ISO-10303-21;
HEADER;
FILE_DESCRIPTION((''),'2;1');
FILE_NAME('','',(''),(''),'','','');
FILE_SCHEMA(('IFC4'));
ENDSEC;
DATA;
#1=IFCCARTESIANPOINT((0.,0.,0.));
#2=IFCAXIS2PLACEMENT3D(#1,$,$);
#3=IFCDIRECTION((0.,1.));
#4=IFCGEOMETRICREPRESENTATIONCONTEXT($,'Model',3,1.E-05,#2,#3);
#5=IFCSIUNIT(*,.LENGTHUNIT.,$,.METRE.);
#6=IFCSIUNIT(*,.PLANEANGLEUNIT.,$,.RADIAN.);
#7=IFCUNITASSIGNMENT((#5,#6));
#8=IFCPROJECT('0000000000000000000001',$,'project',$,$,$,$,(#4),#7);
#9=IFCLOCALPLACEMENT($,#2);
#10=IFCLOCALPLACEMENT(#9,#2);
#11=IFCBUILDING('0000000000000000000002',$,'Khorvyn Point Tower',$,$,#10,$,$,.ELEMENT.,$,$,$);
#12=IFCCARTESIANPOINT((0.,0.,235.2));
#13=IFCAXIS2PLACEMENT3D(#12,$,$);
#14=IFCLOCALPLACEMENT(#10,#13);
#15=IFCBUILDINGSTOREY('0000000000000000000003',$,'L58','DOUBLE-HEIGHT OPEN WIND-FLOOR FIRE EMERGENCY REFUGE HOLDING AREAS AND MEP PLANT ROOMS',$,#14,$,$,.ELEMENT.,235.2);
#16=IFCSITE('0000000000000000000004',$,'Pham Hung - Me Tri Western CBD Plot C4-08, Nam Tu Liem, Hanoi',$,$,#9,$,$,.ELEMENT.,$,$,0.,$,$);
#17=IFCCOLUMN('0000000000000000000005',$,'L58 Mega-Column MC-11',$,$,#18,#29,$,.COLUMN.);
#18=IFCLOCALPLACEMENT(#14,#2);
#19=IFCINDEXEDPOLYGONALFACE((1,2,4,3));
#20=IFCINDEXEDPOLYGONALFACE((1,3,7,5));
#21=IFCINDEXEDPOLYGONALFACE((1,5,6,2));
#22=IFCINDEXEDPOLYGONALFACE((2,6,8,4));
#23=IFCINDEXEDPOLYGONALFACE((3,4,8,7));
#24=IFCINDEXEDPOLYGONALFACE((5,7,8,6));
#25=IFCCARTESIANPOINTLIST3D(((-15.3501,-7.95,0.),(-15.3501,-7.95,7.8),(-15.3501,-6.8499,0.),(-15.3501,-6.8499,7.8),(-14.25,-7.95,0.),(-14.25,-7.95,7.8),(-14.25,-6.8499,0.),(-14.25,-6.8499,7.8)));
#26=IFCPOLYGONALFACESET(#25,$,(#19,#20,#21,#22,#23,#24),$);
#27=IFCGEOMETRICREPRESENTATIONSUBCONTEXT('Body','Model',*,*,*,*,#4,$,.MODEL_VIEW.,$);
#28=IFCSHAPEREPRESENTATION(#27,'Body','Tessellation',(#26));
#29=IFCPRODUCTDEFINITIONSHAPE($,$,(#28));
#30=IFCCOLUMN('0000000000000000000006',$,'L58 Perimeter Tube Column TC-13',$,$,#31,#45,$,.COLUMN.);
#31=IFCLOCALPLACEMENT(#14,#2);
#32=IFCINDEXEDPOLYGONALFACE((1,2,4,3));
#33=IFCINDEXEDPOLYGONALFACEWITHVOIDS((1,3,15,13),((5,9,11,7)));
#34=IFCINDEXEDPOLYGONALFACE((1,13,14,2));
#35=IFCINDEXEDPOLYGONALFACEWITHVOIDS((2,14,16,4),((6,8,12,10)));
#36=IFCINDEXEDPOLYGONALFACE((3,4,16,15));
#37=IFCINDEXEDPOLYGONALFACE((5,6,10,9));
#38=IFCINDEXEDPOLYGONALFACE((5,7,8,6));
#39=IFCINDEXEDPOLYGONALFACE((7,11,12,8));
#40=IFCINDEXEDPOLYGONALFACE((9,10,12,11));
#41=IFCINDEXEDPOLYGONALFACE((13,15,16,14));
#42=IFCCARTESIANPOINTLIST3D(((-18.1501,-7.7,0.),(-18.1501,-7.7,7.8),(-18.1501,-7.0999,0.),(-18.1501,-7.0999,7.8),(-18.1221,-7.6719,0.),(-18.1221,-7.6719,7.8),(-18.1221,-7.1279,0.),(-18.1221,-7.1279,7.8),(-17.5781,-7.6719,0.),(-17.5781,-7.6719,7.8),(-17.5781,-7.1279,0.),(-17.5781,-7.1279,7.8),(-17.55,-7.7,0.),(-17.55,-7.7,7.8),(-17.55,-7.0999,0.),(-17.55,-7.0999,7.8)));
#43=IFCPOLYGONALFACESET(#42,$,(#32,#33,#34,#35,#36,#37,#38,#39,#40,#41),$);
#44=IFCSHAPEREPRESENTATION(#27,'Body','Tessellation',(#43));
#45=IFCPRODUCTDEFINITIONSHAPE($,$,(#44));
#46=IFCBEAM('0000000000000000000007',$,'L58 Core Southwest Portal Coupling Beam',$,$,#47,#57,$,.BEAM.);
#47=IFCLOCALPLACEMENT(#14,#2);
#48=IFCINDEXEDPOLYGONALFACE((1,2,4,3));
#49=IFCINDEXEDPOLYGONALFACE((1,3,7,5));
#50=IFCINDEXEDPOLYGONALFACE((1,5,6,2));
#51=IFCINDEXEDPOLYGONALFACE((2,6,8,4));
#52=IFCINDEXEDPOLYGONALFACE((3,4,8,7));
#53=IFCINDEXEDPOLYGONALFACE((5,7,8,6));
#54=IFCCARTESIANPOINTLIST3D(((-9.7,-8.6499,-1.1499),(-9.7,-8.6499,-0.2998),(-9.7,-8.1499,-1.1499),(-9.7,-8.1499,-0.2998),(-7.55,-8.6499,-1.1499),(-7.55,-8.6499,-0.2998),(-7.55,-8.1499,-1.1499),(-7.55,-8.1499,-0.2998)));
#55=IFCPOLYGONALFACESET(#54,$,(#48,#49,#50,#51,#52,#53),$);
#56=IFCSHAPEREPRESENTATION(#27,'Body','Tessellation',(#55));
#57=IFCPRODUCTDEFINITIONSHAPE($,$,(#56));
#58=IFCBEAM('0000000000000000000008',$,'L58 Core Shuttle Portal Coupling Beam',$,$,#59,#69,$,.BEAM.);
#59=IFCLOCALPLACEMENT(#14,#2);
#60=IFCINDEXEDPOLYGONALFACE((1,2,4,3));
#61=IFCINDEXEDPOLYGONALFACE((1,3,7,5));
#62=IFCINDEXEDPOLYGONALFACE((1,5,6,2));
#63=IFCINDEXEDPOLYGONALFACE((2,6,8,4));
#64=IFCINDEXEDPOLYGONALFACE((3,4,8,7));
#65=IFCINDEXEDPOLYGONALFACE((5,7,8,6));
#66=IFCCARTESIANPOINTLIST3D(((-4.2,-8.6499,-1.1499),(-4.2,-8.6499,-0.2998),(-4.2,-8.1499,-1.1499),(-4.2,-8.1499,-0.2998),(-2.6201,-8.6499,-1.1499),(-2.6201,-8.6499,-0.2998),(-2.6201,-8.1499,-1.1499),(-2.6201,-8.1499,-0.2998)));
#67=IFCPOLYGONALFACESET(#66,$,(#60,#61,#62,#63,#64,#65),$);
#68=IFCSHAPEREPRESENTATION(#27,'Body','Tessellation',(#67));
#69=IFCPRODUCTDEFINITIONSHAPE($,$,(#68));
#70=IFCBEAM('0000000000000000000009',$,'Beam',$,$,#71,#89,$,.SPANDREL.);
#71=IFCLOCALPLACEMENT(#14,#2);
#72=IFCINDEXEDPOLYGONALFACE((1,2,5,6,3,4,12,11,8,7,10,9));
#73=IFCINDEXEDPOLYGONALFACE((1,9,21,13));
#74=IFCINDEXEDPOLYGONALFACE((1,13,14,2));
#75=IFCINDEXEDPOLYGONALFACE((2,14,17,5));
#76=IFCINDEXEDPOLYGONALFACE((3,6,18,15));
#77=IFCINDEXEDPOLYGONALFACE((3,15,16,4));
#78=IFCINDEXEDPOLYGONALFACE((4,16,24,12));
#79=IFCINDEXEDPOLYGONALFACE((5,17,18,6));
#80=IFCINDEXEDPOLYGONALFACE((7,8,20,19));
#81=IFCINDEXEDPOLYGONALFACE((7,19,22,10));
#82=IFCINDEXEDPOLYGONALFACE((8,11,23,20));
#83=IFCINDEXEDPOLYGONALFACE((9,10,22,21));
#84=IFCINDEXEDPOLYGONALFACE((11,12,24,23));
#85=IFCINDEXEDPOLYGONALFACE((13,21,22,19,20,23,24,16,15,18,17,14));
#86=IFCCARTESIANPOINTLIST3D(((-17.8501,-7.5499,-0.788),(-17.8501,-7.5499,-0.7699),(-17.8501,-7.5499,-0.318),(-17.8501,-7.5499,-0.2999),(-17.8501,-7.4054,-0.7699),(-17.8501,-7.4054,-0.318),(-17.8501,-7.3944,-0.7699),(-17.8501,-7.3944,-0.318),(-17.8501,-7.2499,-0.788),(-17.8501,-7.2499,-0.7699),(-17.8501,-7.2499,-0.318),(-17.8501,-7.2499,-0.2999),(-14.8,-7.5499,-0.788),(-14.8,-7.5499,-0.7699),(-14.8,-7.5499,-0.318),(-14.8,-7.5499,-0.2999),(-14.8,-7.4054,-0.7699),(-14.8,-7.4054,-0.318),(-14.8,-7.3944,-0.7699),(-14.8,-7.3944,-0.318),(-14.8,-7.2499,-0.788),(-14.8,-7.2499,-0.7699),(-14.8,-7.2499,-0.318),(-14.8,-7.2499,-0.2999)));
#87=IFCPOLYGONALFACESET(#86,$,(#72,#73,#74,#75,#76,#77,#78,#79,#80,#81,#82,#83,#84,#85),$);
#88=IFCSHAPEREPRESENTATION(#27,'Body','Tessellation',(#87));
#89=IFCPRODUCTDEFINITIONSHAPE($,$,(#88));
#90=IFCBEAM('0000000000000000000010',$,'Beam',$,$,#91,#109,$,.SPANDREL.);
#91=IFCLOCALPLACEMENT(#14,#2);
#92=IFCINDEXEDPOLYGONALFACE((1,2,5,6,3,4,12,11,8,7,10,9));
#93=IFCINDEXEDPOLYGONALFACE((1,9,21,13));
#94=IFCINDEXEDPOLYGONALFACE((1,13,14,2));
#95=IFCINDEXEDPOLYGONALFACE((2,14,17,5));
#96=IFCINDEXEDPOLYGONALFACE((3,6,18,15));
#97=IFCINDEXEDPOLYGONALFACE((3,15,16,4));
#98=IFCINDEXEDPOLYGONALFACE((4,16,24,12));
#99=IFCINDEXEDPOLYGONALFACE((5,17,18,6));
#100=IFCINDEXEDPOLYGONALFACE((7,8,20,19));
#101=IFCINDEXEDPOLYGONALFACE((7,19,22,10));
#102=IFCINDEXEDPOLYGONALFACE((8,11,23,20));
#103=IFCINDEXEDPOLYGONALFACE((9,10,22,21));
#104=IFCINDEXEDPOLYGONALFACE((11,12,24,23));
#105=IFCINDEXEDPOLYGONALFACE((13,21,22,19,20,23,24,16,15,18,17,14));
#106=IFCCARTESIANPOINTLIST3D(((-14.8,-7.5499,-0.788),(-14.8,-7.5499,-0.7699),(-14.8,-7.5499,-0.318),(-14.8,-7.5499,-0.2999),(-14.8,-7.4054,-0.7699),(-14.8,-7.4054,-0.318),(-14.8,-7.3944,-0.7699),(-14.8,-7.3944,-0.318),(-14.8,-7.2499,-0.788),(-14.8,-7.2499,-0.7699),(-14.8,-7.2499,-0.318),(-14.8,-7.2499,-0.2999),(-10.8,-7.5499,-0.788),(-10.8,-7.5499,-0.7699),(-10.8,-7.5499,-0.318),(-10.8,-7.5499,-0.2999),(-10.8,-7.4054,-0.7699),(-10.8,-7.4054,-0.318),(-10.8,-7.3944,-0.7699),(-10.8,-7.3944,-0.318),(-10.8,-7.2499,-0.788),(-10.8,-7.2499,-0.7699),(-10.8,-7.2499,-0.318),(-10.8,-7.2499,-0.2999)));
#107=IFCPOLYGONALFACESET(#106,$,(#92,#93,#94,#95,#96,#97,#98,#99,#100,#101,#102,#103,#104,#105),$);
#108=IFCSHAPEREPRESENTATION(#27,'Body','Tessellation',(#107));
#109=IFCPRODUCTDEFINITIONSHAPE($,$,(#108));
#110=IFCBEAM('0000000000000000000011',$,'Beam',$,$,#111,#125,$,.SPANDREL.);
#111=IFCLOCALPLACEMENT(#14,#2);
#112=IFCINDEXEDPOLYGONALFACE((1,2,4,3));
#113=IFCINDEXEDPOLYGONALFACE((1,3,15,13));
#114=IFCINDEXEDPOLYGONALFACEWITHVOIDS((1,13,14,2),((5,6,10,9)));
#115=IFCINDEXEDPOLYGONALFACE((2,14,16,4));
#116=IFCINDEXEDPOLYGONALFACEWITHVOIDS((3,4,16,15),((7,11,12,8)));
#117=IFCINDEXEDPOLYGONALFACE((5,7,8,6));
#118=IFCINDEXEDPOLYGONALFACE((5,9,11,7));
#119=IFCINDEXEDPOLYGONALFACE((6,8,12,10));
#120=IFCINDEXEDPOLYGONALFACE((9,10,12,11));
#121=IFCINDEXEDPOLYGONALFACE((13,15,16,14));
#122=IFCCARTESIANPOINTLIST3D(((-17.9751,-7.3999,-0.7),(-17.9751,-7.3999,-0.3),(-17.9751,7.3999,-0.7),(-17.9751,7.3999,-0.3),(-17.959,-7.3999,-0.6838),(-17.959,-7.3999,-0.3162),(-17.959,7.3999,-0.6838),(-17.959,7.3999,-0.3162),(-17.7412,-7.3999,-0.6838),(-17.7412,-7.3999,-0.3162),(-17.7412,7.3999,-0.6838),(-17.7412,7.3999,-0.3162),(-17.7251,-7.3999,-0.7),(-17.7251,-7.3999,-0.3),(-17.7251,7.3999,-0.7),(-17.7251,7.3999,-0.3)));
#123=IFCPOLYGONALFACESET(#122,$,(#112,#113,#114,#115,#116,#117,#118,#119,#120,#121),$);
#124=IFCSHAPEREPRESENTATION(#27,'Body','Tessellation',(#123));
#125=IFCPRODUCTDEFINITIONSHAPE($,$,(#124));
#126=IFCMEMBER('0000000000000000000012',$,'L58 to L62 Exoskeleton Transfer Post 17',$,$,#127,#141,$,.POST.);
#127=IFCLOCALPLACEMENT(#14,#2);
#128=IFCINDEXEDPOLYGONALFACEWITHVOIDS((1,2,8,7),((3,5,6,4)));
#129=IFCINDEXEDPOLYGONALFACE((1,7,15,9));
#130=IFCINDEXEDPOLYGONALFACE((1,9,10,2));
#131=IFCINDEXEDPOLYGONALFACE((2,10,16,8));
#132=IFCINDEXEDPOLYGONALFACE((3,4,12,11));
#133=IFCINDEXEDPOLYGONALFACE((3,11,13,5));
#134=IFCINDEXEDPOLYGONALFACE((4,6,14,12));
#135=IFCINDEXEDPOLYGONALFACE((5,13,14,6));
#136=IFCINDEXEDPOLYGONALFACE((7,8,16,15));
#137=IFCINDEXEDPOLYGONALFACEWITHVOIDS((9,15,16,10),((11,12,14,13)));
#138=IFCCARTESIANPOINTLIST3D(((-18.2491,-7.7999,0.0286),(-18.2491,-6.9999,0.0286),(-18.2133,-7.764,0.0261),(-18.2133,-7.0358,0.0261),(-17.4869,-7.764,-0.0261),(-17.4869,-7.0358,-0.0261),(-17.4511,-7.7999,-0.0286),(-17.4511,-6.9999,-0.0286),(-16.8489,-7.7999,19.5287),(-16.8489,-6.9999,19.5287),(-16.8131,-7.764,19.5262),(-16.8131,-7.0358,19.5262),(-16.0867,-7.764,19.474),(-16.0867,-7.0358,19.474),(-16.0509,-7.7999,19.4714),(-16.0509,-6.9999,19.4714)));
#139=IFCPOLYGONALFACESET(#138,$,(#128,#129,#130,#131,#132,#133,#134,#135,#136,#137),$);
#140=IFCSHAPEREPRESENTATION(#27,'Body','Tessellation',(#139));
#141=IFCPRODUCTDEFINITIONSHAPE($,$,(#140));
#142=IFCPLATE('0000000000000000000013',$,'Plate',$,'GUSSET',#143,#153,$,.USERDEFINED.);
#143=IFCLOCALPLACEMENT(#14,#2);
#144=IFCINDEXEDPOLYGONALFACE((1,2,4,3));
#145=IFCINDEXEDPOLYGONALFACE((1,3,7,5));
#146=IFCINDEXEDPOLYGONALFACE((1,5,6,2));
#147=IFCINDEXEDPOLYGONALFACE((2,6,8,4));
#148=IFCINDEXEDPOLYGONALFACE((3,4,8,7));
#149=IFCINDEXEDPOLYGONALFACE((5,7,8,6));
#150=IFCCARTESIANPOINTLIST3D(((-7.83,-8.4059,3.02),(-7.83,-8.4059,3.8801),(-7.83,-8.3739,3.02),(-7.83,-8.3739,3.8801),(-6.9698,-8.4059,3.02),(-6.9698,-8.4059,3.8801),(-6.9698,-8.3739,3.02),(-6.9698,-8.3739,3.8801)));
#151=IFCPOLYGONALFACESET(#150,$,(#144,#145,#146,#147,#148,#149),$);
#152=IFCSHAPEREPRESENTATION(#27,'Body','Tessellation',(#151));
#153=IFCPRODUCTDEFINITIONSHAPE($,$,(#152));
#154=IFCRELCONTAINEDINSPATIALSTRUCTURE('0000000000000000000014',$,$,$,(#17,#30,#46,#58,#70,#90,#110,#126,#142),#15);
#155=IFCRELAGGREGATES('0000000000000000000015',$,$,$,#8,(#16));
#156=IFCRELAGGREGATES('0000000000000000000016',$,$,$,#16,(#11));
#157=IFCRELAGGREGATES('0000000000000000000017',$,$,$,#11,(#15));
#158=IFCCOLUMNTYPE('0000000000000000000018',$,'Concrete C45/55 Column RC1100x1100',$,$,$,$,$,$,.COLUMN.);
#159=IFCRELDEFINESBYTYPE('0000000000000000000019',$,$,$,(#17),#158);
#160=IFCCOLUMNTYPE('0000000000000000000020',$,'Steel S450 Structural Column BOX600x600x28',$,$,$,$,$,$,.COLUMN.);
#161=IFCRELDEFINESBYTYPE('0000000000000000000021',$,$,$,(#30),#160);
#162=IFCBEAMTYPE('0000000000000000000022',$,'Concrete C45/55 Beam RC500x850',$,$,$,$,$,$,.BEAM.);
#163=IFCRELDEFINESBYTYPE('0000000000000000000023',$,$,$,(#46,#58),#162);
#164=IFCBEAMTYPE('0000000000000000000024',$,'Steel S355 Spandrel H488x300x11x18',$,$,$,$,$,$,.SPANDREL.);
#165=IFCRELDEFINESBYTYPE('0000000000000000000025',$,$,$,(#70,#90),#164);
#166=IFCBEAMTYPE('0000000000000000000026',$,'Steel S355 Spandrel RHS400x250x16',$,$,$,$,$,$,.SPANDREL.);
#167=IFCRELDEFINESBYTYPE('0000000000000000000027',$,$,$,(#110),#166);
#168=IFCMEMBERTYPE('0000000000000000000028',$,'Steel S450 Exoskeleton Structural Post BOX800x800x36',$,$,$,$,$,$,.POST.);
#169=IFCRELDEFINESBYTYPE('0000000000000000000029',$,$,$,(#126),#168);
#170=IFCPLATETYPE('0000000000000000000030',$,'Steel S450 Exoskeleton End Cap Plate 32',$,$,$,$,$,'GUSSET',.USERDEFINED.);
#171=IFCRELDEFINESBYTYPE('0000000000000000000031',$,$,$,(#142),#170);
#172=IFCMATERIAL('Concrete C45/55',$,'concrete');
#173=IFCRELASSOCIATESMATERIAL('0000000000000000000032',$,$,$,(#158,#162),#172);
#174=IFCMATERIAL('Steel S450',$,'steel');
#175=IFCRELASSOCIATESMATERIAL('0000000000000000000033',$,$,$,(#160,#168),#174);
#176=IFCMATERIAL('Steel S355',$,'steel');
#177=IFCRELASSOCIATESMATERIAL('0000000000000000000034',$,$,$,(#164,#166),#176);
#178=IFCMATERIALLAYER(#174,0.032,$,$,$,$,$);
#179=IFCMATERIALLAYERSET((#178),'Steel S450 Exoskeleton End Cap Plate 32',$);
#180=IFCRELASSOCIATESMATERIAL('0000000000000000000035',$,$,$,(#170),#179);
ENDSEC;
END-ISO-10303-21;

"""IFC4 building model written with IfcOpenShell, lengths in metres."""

from ifc_helpers import new_model, si_unit, direction, frame, origin, origin_2d, place, context, subcontext, project, spatial, rectangle, hollow_rectangle, i_section, extrude, material, layer, layer_set, material_profile, profile_set, type_object, element, save


model = new_model("IFC4")

# Units and contexts
model_context = context("Model", 3, precision=1e-05, world=origin(), true_north=direction((0.0, 1.0)))
body_context = subcontext(model_context, "Body", "Model", "MODEL_VIEW")
ifc_project = project(units=[si_unit("LENGTHUNIT", "METRE"), si_unit("PLANEANGLEUNIT", "RADIAN")], contexts=[model_context])

# Site, building, storey
site_placement = place(None, origin())
site = spatial("IfcSite", under=ifc_project, at=site_placement, Name="Pham Hung - Me Tri Western CBD Plot C4-08, Nam Tu Liem, Hanoi", CompositionType="ELEMENT", RefElevation=0.0)
building_placement = place(site_placement, origin())
building = spatial("IfcBuilding", under=site, at=building_placement, Name="Khorvyn Point Tower", CompositionType="ELEMENT")
storey_placement = place(building_placement, frame((0.0, 0.0, 235.2)))
storey = spatial("IfcBuildingStorey", under=building, at=storey_placement, Name="L58", Description="DOUBLE-HEIGHT OPEN WIND-FLOOR FIRE EMERGENCY REFUGE HOLDING AREAS AND MEP PLANT ROOMS", CompositionType="ELEMENT", Elevation=235.2)

# Columns
ifc_material_1 = material(Name="Concrete C45/55", Category="concrete")
ifc_material_profile_1 = material_profile(ifc_material_1, rectangle(XDim=1.1001, YDim=1.1001, at=origin_2d()))
ifc_profile_set_1 = profile_set([ifc_material_profile_1], Name="Concrete C45/55 RC1100x1100")
column_type_1 = type_object("IfcColumnType", Name="Concrete C45/55 Column RC1100x1100", PredefinedType="COLUMN", material=ifc_profile_set_1)
column_1_placement = place(storey_placement, frame((-14.8, -7.3999, 0.0), z_axis=(0.0, 0.0, 1.0), x_axis=(1.0, 0.0, 0.0)))
element("IfcColumn", 1, at=column_1_placement, inside=storey, type_object=column_type_1, Name="L58 Mega-Column MC-11", PredefinedType="COLUMN", context=body_context, shape_type="SweptSolid", body=[
    extrude(rectangle(XDim=1.1001, YDim=1.1001, at=origin_2d()), origin(), (0.0, 0.0, 1.0), 7.8),
])
ifc_material_2 = material(Name="Steel S450", Category="steel")
ifc_material_profile_2 = material_profile(ifc_material_2, hollow_rectangle(XDim=0.6001, YDim=0.6001, WallThickness=0.0281, at=origin_2d()))
ifc_profile_set_2 = profile_set([ifc_material_profile_2], Name="Steel S450 BOX600x600x28")
column_type_2 = type_object("IfcColumnType", Name="Steel S450 Structural Column BOX600x600x28", PredefinedType="COLUMN", material=ifc_profile_set_2)
column_2_placement = place(storey_placement, frame((-17.8501, -7.3999, 0.0), z_axis=(0.0, 0.0, 1.0), x_axis=(1.0, 0.0, 0.0)))
element("IfcColumn", 2, at=column_2_placement, inside=storey, type_object=column_type_2, Name="L58 Perimeter Tube Column TC-13", PredefinedType="COLUMN", context=body_context, shape_type="SweptSolid", body=[
    extrude(hollow_rectangle(XDim=0.6001, YDim=0.6001, WallThickness=0.0281, at=origin_2d()), origin(), (0.0, 0.0, 1.0), 7.8),
])

# Beams
ifc_material_profile_3 = material_profile(ifc_material_1, rectangle(XDim=0.5, YDim=0.8501, at=origin_2d()))
ifc_profile_set_3 = profile_set([ifc_material_profile_3], Name="Concrete C45/55 RC500x850")
beam_type_1 = type_object("IfcBeamType", Name="Concrete C45/55 Beam RC500x850", PredefinedType="BEAM", material=ifc_profile_set_3)
beam_1_placement = place(storey_placement, frame((-9.7, -8.3999, -0.7249), z_axis=(1.0, 0.0, 0.0), x_axis=(0.0, 1.0, 0.0)))
element("IfcBeam", 3, at=beam_1_placement, inside=storey, type_object=beam_type_1, Name="L58 Core Southwest Portal Coupling Beam", PredefinedType="BEAM", context=body_context, shape_type="SweptSolid", body=[
    extrude(rectangle(XDim=0.5, YDim=0.8501, at=origin_2d()), origin(), (0.0, 0.0, 1.0), 2.1499),
])
beam_2_placement = place(storey_placement, frame((-4.2, -8.3999, -0.7249), z_axis=(1.0, 0.0, 0.0), x_axis=(0.0, 1.0, 0.0)))
element("IfcBeam", 4, at=beam_2_placement, inside=storey, type_object=beam_type_1, Name="L58 Core Shuttle Portal Coupling Beam", PredefinedType="BEAM", context=body_context, shape_type="SweptSolid", body=[
    extrude(rectangle(XDim=0.5, YDim=0.8501, at=origin_2d()), origin(), (0.0, 0.0, 1.0), 1.5798),
])
ifc_material_3 = material(Name="Steel S355", Category="steel")
ifc_material_profile_4 = material_profile(ifc_material_3, i_section(OverallWidth=0.3, OverallDepth=0.488, WebThickness=0.011, FlangeThickness=0.0181, at=origin_2d()))
ifc_profile_set_4 = profile_set([ifc_material_profile_4], Name="Steel S355 H488x300x11x18")
beam_type_2 = type_object("IfcBeamType", Name="Steel S355 Spandrel H488x300x11x18", PredefinedType="SPANDREL", material=ifc_profile_set_4)
beam_3_placement = place(storey_placement, frame((-17.8501, -7.3999, -0.5439), z_axis=(1.0, 0.0, 0.0), x_axis=(0.0, 1.0, 0.0)))
element("IfcBeam", 5, at=beam_3_placement, inside=storey, type_object=beam_type_2, Name="Beam", PredefinedType="SPANDREL", context=body_context, shape_type="SweptSolid", body=[
    extrude(i_section(OverallWidth=0.3, OverallDepth=0.488, WebThickness=0.011, FlangeThickness=0.0181, at=origin_2d()), origin(), (0.0, 0.0, 1.0), 3.05),
])
beam_4_placement = place(storey_placement, frame((-14.8, -7.3999, -0.5439), z_axis=(1.0, 0.0, 0.0), x_axis=(0.0, 1.0, 0.0)))
element("IfcBeam", 6, at=beam_4_placement, inside=storey, type_object=beam_type_2, Name="Beam", PredefinedType="SPANDREL", context=body_context, shape_type="SweptSolid", body=[
    extrude(i_section(OverallWidth=0.3, OverallDepth=0.488, WebThickness=0.011, FlangeThickness=0.0181, at=origin_2d()), origin(), (0.0, 0.0, 1.0), 4.0),
])
ifc_material_profile_5 = material_profile(ifc_material_3, hollow_rectangle(XDim=0.25, YDim=0.3999, WallThickness=0.0161, at=origin_2d()))
ifc_profile_set_5 = profile_set([ifc_material_profile_5], Name="Steel S355 RHS400x250x16")
beam_type_3 = type_object("IfcBeamType", Name="Steel S355 Spandrel RHS400x250x16", PredefinedType="SPANDREL", material=ifc_profile_set_5)
beam_5_placement = place(storey_placement, frame((-17.8501, -7.3999, -0.5), z_axis=(0.0, 1.0, 0.0), x_axis=(-1.0, 0.0, 0.0)))
element("IfcBeam", 7, at=beam_5_placement, inside=storey, type_object=beam_type_3, Name="Beam", PredefinedType="SPANDREL", context=body_context, shape_type="SweptSolid", body=[
    extrude(hollow_rectangle(XDim=0.25, YDim=0.3999, WallThickness=0.0161, at=origin_2d()), origin(), (0.0, 0.0, 1.0), 14.7998),
])

# Member
ifc_material_profile_6 = material_profile(ifc_material_2, hollow_rectangle(XDim=0.8, YDim=0.8, WallThickness=0.0359, at=origin_2d()))
ifc_profile_set_6 = profile_set([ifc_material_profile_6], Name="Steel S450 BOX800x800x36")
member_type = type_object("IfcMemberType", Name="Steel S450 Exoskeleton Structural Post BOX800x800x36", PredefinedType="POST", material=ifc_profile_set_6)
member_placement = place(storey_placement, frame((-17.8501, -7.3999, 0.0), z_axis=(0.071618, 0.0, 0.997432), x_axis=(0.0, 1.0, 0.0)))
element("IfcMember", 8, at=member_placement, inside=storey, type_object=member_type, Name="L58 to L62 Exoskeleton Transfer Post 17", PredefinedType="POST", context=body_context, shape_type="SweptSolid", body=[
    extrude(hollow_rectangle(XDim=0.8, YDim=0.8, WallThickness=0.0359, at=origin_2d()), origin(), (0.0, 0.0, 1.0), 19.5503),
])

# Plate
ifc_layer_1 = layer(ifc_material_2, 0.032)
ifc_layer_set_1 = layer_set([ifc_layer_1], Name="Steel S450 Exoskeleton End Cap Plate 32")
plate_type = type_object("IfcPlateType", Name="Steel S450 Exoskeleton End Cap Plate 32", ElementType="GUSSET", PredefinedType="USERDEFINED", material=ifc_layer_set_1)
plate_placement = place(storey_placement, frame((-7.3999, -8.3899, 3.02), z_axis=(0.0, 0.0, 1.0), x_axis=(1.0, 0.0, 0.0)))
element("IfcPlate", 9, at=plate_placement, inside=storey, type_object=plate_type, Name="Plate", ObjectType="GUSSET", PredefinedType="USERDEFINED", context=body_context, shape_type="SweptSolid", body=[
    extrude(rectangle(XDim=0.8601, YDim=0.032, at=origin_2d()), origin(), (0.0, 0.0, 1.0), 0.8601),
])

save(model, "model.ifc")
